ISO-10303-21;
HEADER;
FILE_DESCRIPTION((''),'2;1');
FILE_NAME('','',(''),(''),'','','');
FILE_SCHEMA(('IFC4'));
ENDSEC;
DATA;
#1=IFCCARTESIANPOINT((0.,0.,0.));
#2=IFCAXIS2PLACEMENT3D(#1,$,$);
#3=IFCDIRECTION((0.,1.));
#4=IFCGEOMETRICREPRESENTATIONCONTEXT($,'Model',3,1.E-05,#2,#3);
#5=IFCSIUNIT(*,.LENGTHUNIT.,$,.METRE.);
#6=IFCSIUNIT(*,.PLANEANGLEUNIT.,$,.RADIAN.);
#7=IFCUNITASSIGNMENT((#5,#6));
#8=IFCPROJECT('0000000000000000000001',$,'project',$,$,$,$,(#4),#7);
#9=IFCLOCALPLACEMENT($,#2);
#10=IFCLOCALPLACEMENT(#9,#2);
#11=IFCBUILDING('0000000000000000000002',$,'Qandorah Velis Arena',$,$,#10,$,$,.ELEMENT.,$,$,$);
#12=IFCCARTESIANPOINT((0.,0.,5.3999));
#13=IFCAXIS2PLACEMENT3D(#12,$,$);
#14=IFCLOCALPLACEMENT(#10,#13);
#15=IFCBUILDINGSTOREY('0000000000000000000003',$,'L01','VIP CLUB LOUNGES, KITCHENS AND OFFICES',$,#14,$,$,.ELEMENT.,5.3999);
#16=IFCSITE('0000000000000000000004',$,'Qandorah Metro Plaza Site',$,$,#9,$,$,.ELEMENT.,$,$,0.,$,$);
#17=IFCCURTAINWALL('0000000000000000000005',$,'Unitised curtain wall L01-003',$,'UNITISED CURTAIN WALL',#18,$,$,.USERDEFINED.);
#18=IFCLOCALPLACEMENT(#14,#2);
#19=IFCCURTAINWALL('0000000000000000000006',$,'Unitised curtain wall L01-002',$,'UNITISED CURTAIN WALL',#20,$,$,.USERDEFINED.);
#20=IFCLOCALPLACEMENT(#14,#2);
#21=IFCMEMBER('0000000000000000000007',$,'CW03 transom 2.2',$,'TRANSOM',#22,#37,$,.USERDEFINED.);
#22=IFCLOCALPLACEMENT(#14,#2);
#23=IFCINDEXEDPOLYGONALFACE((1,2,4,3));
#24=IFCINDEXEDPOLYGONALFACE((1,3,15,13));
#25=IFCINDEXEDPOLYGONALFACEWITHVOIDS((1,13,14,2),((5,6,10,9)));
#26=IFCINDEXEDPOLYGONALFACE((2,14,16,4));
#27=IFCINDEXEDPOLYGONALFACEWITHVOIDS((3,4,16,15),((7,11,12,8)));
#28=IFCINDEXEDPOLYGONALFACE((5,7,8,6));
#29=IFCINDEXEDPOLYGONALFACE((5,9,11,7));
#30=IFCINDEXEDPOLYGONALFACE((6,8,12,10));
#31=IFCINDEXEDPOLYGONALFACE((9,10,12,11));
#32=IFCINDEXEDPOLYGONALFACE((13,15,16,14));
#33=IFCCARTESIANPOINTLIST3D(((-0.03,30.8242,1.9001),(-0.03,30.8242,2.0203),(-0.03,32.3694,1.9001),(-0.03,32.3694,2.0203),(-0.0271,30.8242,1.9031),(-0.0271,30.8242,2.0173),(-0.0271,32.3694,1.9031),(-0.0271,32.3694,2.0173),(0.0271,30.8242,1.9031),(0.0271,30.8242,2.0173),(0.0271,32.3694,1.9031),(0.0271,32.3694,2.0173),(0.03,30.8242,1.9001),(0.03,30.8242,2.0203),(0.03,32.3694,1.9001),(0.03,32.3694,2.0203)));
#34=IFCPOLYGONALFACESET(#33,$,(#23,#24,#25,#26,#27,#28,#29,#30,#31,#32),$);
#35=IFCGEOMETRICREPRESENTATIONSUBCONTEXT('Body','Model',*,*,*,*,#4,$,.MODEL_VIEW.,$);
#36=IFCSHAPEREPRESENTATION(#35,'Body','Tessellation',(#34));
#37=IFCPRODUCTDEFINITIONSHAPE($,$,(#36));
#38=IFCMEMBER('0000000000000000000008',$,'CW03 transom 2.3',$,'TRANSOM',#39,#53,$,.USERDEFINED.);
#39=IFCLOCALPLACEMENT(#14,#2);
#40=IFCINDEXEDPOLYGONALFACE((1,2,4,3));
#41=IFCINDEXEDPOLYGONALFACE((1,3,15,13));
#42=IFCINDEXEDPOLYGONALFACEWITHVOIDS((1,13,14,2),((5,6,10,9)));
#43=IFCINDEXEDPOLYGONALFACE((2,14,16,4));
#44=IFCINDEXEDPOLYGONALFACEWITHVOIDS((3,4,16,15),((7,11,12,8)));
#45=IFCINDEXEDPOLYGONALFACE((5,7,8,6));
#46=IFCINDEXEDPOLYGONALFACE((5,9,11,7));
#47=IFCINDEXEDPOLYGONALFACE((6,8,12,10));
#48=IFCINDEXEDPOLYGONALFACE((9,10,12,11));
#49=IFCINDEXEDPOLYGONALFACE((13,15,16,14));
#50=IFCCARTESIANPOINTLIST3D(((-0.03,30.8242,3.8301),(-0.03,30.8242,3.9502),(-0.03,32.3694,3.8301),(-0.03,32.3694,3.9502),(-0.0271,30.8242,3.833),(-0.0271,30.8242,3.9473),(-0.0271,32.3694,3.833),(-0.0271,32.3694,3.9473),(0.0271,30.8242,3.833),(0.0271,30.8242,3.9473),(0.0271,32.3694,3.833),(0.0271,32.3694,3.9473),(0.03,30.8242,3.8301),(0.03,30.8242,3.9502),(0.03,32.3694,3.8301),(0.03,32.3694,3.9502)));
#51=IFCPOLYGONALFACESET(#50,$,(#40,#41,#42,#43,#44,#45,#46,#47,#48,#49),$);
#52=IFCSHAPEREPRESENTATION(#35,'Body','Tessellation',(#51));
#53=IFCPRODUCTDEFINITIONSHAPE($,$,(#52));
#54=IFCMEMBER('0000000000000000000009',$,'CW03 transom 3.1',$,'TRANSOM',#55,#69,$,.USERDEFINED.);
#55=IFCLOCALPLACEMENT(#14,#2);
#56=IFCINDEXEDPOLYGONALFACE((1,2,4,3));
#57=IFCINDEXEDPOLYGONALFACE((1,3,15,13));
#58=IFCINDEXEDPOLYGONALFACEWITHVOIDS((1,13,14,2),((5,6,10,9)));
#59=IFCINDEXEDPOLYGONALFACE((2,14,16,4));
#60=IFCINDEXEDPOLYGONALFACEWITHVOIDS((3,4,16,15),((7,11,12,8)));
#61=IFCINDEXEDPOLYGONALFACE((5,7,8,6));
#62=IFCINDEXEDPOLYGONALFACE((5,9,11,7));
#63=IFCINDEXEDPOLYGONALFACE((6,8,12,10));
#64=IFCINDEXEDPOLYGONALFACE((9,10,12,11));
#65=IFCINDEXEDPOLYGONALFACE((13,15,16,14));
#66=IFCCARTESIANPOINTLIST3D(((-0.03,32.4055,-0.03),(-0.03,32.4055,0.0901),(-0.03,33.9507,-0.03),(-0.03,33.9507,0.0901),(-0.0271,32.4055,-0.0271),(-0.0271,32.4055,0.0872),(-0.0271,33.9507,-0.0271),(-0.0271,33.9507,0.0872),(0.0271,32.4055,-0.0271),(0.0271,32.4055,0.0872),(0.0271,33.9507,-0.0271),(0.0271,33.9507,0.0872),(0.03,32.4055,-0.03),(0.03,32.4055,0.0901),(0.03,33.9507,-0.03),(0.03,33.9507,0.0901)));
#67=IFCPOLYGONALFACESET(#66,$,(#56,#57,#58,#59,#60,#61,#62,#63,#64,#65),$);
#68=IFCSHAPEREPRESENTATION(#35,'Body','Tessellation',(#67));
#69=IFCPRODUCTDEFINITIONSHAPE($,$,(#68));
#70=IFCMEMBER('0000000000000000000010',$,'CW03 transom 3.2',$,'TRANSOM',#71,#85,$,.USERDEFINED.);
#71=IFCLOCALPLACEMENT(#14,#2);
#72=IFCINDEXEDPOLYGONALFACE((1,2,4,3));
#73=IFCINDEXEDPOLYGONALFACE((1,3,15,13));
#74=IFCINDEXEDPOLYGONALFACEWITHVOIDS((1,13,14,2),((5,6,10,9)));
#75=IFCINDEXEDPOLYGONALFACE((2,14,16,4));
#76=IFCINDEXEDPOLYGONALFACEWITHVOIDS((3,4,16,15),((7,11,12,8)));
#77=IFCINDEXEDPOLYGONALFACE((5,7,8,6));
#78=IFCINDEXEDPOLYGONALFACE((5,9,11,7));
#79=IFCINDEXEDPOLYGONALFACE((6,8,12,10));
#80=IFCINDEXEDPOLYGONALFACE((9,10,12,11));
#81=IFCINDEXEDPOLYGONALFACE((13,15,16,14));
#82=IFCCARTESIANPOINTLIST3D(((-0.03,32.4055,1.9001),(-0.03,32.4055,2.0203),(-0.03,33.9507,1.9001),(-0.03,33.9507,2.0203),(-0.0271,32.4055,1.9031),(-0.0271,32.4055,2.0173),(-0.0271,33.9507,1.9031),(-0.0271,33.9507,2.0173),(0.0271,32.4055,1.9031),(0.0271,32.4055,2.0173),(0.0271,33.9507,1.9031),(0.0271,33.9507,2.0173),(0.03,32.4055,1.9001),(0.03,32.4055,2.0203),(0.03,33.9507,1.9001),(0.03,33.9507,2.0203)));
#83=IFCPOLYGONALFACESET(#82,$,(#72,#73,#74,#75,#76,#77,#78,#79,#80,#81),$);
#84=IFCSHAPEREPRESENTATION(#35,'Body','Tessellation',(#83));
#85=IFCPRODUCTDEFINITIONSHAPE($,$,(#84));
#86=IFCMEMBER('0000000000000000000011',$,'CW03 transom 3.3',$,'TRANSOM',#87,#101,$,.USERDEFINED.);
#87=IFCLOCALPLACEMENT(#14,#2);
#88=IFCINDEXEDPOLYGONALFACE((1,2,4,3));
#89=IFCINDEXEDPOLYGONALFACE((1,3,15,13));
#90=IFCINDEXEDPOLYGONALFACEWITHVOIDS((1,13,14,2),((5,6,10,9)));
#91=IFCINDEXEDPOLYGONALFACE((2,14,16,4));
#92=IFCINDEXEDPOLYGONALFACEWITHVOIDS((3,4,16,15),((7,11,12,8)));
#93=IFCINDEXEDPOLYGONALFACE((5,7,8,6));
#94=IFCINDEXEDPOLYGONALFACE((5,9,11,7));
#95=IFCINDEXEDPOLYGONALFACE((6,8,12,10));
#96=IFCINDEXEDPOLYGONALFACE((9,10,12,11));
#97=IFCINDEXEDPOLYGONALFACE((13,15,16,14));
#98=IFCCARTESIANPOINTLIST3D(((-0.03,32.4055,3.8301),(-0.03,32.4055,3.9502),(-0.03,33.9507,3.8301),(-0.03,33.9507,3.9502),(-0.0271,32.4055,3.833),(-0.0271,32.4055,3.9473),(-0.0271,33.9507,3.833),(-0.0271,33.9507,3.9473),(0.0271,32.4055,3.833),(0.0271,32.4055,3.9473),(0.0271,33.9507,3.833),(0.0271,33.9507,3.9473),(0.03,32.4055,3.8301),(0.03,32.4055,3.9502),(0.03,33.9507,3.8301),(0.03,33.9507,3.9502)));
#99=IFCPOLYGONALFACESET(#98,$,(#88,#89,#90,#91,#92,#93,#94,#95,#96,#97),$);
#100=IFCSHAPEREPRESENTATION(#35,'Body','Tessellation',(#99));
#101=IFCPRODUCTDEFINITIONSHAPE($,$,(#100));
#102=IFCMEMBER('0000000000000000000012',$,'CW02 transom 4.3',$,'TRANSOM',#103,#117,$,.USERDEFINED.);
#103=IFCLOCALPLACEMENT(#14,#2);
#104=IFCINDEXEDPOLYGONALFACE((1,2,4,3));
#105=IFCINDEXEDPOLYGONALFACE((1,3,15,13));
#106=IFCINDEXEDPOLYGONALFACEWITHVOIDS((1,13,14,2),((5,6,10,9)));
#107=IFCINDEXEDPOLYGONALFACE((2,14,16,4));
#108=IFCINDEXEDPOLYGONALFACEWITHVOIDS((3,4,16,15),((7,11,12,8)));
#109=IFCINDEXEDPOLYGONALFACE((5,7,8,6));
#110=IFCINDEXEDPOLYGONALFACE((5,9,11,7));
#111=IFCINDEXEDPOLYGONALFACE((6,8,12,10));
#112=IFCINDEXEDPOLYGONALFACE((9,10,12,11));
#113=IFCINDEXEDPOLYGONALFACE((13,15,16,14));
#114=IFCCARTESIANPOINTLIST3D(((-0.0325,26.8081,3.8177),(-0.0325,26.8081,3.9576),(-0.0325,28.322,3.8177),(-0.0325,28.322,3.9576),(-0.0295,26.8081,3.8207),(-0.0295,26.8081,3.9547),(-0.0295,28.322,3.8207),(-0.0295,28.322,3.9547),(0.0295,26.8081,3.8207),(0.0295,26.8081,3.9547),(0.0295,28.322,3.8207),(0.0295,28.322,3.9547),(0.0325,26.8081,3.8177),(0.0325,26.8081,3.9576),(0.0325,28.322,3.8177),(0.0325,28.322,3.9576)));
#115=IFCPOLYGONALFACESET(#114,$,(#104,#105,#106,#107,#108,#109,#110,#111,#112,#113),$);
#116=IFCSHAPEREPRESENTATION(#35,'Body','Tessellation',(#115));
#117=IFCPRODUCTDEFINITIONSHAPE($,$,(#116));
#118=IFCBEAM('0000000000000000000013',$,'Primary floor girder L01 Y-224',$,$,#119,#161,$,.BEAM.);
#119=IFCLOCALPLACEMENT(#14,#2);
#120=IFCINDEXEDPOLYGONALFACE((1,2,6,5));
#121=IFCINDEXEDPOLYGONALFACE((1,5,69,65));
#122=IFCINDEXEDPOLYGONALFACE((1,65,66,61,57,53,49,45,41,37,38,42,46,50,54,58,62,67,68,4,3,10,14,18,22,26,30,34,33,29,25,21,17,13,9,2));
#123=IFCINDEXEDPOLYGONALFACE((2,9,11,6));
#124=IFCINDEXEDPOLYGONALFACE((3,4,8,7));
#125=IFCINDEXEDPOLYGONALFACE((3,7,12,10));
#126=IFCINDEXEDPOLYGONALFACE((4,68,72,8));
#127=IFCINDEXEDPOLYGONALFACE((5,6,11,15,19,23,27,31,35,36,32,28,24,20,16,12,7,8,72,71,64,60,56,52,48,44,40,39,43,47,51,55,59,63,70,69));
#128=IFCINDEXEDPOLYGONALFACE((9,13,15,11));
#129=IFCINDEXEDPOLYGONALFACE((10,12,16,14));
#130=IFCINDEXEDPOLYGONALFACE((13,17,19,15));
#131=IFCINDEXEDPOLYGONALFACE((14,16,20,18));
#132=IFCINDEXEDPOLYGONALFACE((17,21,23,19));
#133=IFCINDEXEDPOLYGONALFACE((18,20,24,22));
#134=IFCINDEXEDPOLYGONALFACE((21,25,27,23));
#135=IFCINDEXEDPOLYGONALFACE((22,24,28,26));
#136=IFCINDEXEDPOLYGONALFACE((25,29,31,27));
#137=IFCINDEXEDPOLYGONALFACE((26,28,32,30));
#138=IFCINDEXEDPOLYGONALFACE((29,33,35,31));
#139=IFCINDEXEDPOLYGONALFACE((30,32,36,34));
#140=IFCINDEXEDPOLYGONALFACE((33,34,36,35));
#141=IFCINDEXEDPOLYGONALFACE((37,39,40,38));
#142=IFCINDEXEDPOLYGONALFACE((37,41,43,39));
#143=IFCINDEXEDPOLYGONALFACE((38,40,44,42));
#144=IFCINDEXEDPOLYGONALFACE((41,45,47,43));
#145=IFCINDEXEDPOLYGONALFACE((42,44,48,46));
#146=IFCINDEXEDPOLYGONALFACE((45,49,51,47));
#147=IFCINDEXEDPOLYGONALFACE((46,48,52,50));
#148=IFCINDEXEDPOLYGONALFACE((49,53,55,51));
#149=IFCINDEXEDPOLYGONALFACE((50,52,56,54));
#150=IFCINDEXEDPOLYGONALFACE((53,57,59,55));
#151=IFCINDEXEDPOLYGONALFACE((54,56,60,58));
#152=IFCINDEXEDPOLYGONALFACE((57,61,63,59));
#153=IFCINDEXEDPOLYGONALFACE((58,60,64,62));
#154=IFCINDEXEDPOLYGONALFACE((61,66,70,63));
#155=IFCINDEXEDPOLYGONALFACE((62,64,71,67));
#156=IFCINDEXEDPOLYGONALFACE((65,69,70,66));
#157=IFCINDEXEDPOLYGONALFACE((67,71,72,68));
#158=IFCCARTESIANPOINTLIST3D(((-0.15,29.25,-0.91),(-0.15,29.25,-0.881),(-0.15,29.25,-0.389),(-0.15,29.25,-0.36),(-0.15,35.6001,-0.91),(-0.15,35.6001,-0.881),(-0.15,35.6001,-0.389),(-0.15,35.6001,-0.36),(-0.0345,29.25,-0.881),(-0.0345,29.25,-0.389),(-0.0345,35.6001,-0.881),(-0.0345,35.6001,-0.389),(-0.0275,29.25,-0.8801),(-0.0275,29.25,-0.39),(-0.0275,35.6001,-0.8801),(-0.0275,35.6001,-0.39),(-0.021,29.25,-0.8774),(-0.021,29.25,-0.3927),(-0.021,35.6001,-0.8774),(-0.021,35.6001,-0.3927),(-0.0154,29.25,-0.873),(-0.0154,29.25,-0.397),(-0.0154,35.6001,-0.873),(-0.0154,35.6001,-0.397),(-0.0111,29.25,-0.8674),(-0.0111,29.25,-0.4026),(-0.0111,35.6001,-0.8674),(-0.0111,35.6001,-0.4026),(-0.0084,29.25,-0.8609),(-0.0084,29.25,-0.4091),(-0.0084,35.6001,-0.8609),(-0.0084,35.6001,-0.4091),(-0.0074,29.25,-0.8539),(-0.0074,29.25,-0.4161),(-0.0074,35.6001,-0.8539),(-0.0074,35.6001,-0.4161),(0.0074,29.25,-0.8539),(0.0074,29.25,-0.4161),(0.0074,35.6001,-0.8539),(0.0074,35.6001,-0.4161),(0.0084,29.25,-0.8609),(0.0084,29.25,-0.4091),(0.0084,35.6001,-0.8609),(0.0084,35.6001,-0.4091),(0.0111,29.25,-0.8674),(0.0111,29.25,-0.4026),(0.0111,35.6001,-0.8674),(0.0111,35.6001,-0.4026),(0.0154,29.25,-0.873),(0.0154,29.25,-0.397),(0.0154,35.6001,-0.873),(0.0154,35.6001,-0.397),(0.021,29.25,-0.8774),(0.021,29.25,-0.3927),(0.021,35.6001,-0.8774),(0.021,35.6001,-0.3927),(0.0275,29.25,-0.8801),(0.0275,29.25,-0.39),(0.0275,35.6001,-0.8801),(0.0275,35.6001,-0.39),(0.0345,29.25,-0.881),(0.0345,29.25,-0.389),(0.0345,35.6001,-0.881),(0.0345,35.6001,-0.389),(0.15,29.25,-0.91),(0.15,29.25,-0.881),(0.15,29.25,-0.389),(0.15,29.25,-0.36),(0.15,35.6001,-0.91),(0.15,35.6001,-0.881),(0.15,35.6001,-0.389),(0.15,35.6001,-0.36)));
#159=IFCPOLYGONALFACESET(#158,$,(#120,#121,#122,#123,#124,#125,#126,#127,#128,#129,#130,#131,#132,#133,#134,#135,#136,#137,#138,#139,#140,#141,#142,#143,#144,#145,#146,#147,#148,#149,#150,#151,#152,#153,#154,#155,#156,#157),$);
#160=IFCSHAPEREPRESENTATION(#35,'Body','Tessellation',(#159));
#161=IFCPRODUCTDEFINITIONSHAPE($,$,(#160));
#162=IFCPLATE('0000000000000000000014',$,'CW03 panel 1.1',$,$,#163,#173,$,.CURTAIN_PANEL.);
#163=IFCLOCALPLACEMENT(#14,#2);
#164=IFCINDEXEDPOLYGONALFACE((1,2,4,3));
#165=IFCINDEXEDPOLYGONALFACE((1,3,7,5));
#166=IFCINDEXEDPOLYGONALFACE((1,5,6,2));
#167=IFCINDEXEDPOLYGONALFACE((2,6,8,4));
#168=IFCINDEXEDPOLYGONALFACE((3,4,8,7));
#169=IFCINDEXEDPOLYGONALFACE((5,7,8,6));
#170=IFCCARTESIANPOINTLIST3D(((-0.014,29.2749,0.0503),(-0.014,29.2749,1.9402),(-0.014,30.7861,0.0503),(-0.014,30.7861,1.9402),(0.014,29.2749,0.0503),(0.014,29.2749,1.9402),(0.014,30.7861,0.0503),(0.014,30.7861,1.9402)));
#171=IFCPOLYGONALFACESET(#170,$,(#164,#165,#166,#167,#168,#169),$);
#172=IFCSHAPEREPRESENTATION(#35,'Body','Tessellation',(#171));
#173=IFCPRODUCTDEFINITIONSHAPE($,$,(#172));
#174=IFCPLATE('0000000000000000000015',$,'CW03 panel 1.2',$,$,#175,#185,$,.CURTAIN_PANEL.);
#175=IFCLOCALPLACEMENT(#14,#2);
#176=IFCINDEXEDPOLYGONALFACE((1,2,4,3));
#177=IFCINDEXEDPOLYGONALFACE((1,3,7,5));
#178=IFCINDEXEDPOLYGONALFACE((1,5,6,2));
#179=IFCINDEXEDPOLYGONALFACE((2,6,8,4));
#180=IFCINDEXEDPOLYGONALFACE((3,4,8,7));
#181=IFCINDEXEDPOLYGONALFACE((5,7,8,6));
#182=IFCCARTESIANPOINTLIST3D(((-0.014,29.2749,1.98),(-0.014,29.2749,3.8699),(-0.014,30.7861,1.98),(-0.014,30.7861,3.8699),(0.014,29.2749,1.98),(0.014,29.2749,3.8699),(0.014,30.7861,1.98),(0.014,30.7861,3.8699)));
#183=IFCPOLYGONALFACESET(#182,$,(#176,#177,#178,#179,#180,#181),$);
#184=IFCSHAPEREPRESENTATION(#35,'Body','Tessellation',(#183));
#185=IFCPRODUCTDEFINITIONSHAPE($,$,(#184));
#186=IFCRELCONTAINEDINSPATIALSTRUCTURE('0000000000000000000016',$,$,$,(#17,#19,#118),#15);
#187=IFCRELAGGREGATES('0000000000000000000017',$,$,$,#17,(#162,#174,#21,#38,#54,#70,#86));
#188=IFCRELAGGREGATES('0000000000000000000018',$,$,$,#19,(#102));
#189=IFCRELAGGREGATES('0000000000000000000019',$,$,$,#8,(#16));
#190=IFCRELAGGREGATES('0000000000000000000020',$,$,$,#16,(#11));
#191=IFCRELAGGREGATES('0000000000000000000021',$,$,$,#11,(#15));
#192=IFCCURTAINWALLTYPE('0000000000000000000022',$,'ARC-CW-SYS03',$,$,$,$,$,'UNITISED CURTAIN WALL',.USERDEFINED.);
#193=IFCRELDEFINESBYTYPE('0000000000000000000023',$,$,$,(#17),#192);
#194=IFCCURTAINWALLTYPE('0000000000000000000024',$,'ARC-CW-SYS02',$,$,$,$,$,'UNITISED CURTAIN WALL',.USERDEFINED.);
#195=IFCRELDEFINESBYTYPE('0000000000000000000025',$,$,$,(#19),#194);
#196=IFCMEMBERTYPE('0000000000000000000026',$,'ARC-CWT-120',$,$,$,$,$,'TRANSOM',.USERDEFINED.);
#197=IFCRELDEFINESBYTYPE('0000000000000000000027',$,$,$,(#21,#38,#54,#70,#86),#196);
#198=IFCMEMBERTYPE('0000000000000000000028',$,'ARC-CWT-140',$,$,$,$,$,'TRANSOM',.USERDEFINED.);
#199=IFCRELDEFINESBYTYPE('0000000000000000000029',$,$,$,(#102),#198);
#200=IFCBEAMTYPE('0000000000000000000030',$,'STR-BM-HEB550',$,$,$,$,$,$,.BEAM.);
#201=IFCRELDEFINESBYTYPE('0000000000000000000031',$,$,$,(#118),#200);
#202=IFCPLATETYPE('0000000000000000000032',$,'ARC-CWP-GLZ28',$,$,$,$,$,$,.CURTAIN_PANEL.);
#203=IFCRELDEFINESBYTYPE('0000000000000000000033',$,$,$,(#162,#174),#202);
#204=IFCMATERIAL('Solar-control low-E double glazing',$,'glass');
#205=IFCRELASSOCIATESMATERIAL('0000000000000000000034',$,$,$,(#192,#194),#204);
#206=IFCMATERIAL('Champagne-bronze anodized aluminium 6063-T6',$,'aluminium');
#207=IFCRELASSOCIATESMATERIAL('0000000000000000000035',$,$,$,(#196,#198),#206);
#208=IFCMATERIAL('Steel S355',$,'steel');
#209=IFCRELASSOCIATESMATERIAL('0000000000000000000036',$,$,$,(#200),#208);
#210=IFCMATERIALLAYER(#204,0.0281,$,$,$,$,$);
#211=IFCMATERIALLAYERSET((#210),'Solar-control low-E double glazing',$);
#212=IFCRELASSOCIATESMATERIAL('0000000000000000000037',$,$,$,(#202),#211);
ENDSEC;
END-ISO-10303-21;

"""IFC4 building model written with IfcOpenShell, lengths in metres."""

from ifc_helpers import new_model, si_unit, direction, frame, origin, origin_2d, place, context, subcontext, project, spatial, rectangle, hollow_rectangle, i_section, extrude, material, layer, layer_set, material_profile, profile_set, type_object, element, aggregate, save


model = new_model("IFC4")

# Units and contexts
model_context = context("Model", 3, precision=1e-05, world=origin(), true_north=direction((0.0, 1.0)))
body_context = subcontext(model_context, "Body", "Model", "MODEL_VIEW")
ifc_project = project(units=[si_unit("LENGTHUNIT", "METRE"), si_unit("PLANEANGLEUNIT", "RADIAN")], contexts=[model_context])

# Site, building, storey
site_placement = place(None, origin())
site = spatial("IfcSite", under=ifc_project, at=site_placement, Name="Qandorah Metro Plaza Site", CompositionType="ELEMENT", RefElevation=0.0)
building_placement = place(site_placement, origin())
building = spatial("IfcBuilding", under=site, at=building_placement, Name="Qandorah Velis Arena", CompositionType="ELEMENT")
storey_placement = place(building_placement, frame((0.0, 0.0, 5.3999)))
storey = spatial("IfcBuildingStorey", under=building, at=storey_placement, Name="L01", Description="VIP CLUB LOUNGES, KITCHENS AND OFFICES", CompositionType="ELEMENT", Elevation=5.3999)

# Curtain wall
ifc_material_1 = material(Name="Solar-control low-E double glazing", Category="glass")
curtain_wall_type_1 = type_object("IfcCurtainWallType", Name="ARC-CW-SYS03", ElementType="UNITISED CURTAIN WALL", PredefinedType="USERDEFINED", material=ifc_material_1)
curtain_wall_1_placement = place(storey_placement, origin())
curtain_wall_1 = element("IfcCurtainWall", 1, at=curtain_wall_1_placement, inside=storey, type_object=curtain_wall_type_1, Name="Unitised curtain wall L01-003", ObjectType="UNITISED CURTAIN WALL", PredefinedType="USERDEFINED")
ifc_material_2 = material(Name="Champagne-bronze anodized aluminium 6063-T6", Category="aluminium")

# Curtain wall
curtain_wall_type_2 = type_object("IfcCurtainWallType", Name="ARC-CW-SYS02", ElementType="UNITISED CURTAIN WALL", PredefinedType="USERDEFINED", material=ifc_material_1)
curtain_wall_2_placement = place(storey_placement, origin())
curtain_wall_2 = element("IfcCurtainWall", 2, at=curtain_wall_2_placement, inside=storey, type_object=curtain_wall_type_2, Name="Unitised curtain wall L01-002", ObjectType="UNITISED CURTAIN WALL", PredefinedType="USERDEFINED")

# Members
ifc_material_profile_1 = material_profile(ifc_material_2, hollow_rectangle(XDim=0.0601, YDim=0.1201, WallThickness=0.0029, at=origin_2d()), Name="ALU TRANSOM 60x120")
ifc_profile_set_1 = profile_set([ifc_material_profile_1], Name="Champagne-bronze anodized aluminium 6063-T6")
member_type_1 = type_object("IfcMemberType", Name="ARC-CWT-120", ElementType="TRANSOM", PredefinedType="USERDEFINED", material=ifc_profile_set_1)
member_1_placement = place(storey_placement, frame((0.0, 30.8242, 1.9602), z_axis=(0.0, 1.0, 0.0), x_axis=(-1.0, 0.0, 0.0)))
member_1 = element("IfcMember", 3, at=member_1_placement, type_object=member_type_1, Name="CW03 transom 2.2", ObjectType="TRANSOM", PredefinedType="USERDEFINED", context=body_context, shape_type="SweptSolid", body=[
    extrude(hollow_rectangle(XDim=0.0601, YDim=0.1201, WallThickness=0.0029, at=origin_2d()), origin(), (0.0, 0.0, 1.0), 1.5452),
])
member_2_placement = place(storey_placement, frame((0.0, 30.8242, 3.8901), z_axis=(0.0, 1.0, 0.0), x_axis=(-1.0, 0.0, 0.0)))
member_2 = element("IfcMember", 4, at=member_2_placement, type_object=member_type_1, Name="CW03 transom 2.3", ObjectType="TRANSOM", PredefinedType="USERDEFINED", context=body_context, shape_type="SweptSolid", body=[
    extrude(hollow_rectangle(XDim=0.0601, YDim=0.1201, WallThickness=0.0029, at=origin_2d()), origin(), (0.0, 0.0, 1.0), 1.5452),
])
member_3_placement = place(storey_placement, frame((0.0, 32.4055, 0.03), z_axis=(0.0, 1.0, 0.0), x_axis=(-1.0, 0.0, 0.0)))
member_3 = element("IfcMember", 5, at=member_3_placement, type_object=member_type_1, Name="CW03 transom 3.1", ObjectType="TRANSOM", PredefinedType="USERDEFINED", context=body_context, shape_type="SweptSolid", body=[
    extrude(hollow_rectangle(XDim=0.0601, YDim=0.1201, WallThickness=0.0029, at=origin_2d()), origin(), (0.0, 0.0, 1.0), 1.5452),
])
member_4_placement = place(storey_placement, frame((0.0, 32.4055, 1.9602), z_axis=(0.0, 1.0, 0.0), x_axis=(-1.0, 0.0, 0.0)))
member_4 = element("IfcMember", 6, at=member_4_placement, type_object=member_type_1, Name="CW03 transom 3.2", ObjectType="TRANSOM", PredefinedType="USERDEFINED", context=body_context, shape_type="SweptSolid", body=[
    extrude(hollow_rectangle(XDim=0.0601, YDim=0.1201, WallThickness=0.0029, at=origin_2d()), origin(), (0.0, 0.0, 1.0), 1.5452),
])
member_5_placement = place(storey_placement, frame((0.0, 32.4055, 3.8901), z_axis=(0.0, 1.0, 0.0), x_axis=(-1.0, 0.0, 0.0)))
member_5 = element("IfcMember", 7, at=member_5_placement, type_object=member_type_1, Name="CW03 transom 3.3", ObjectType="TRANSOM", PredefinedType="USERDEFINED", context=body_context, shape_type="SweptSolid", body=[
    extrude(hollow_rectangle(XDim=0.0601, YDim=0.1201, WallThickness=0.0029, at=origin_2d()), origin(), (0.0, 0.0, 1.0), 1.5452),
])
ifc_material_profile_2 = material_profile(ifc_material_2, hollow_rectangle(XDim=0.0649, YDim=0.1399, WallThickness=0.0029, at=origin_2d()), Name="ALU TRANSOM 65x140")
ifc_profile_set_2 = profile_set([ifc_material_profile_2], Name="Champagne-bronze anodized aluminium 6063-T6")
member_type_2 = type_object("IfcMemberType", Name="ARC-CWT-140", ElementType="TRANSOM", PredefinedType="USERDEFINED", material=ifc_profile_set_2)
member_6_placement = place(storey_placement, frame((0.0, 26.8081, 3.8877), z_axis=(0.0, 1.0, 0.0), x_axis=(-1.0, 0.0, 0.0)))
member_6 = element("IfcMember", 8, at=member_6_placement, type_object=member_type_2, Name="CW02 transom 4.3", ObjectType="TRANSOM", PredefinedType="USERDEFINED", context=body_context, shape_type="SweptSolid", body=[
    extrude(hollow_rectangle(XDim=0.0649, YDim=0.1399, WallThickness=0.0029, at=origin_2d()), origin(), (0.0, 0.0, 1.0), 1.5139),
])

# Beam
ifc_material_3 = material(Name="Steel S355", Category="steel")
ifc_material_profile_3 = material_profile(ifc_material_3, i_section(OverallWidth=0.3, OverallDepth=0.55, WebThickness=0.0149, FlangeThickness=0.0291, FilletRadius=0.0271, at=origin_2d()), Name="HEB 550")
ifc_profile_set_3 = profile_set([ifc_material_profile_3], Name="Steel S355")
beam_type = type_object("IfcBeamType", Name="STR-BM-HEB550", PredefinedType="BEAM", material=ifc_profile_set_3)
beam_placement = place(storey_placement, frame((0.0, 29.25, -0.635), z_axis=(0.0, 1.0, 0.0), x_axis=(-1.0, 0.0, 0.0)))
element("IfcBeam", 9, at=beam_placement, inside=storey, type_object=beam_type, Name="Primary floor girder L01 Y-224", PredefinedType="BEAM", context=body_context, shape_type="SweptSolid", body=[
    extrude(i_section(OverallWidth=0.3, OverallDepth=0.55, WebThickness=0.0149, FlangeThickness=0.0291, FilletRadius=0.0271, at=origin_2d()), origin(), (0.0, 0.0, 1.0), 6.3501),
])

# Plates
ifc_layer_1 = layer(ifc_material_1, 0.0281)
ifc_layer_set_1 = layer_set([ifc_layer_1], Name="Solar-control low-E double glazing")
plate_type_1 = type_object("IfcPlateType", Name="ARC-CWP-GLZ28", PredefinedType="CURTAIN_PANEL", material=ifc_layer_set_1)
plate_1_placement = place(storey_placement, frame((0.0, 30.0305, 0.0503), z_axis=(0.0, 0.0, 1.0), x_axis=(0.0, 1.0, 0.0)))
plate_1 = element("IfcPlate", 10, at=plate_1_placement, type_object=plate_type_1, Name="CW03 panel 1.1", PredefinedType="CURTAIN_PANEL", context=body_context, shape_type="SweptSolid", body=[
    extrude(rectangle(XDim=1.5112, YDim=0.0281, at=origin_2d()), origin(), (0.0, 0.0, 1.0), 1.8899),
])
plate_2_placement = place(storey_placement, frame((0.0, 30.0305, 1.98), z_axis=(0.0, 0.0, 1.0), x_axis=(0.0, 1.0, 0.0)))
plate_2 = element("IfcPlate", 11, at=plate_2_placement, type_object=plate_type_1, Name="CW03 panel 1.2", PredefinedType="CURTAIN_PANEL", context=body_context, shape_type="SweptSolid", body=[
    extrude(rectangle(XDim=1.5112, YDim=0.0281, at=origin_2d()), origin(), (0.0, 0.0, 1.0), 1.8899),
])
aggregate(curtain_wall_1, [plate_1, plate_2, member_1, member_2, member_3, member_4, member_5])
aggregate(curtain_wall_2, [member_6])

save(model, "model.ifc")
